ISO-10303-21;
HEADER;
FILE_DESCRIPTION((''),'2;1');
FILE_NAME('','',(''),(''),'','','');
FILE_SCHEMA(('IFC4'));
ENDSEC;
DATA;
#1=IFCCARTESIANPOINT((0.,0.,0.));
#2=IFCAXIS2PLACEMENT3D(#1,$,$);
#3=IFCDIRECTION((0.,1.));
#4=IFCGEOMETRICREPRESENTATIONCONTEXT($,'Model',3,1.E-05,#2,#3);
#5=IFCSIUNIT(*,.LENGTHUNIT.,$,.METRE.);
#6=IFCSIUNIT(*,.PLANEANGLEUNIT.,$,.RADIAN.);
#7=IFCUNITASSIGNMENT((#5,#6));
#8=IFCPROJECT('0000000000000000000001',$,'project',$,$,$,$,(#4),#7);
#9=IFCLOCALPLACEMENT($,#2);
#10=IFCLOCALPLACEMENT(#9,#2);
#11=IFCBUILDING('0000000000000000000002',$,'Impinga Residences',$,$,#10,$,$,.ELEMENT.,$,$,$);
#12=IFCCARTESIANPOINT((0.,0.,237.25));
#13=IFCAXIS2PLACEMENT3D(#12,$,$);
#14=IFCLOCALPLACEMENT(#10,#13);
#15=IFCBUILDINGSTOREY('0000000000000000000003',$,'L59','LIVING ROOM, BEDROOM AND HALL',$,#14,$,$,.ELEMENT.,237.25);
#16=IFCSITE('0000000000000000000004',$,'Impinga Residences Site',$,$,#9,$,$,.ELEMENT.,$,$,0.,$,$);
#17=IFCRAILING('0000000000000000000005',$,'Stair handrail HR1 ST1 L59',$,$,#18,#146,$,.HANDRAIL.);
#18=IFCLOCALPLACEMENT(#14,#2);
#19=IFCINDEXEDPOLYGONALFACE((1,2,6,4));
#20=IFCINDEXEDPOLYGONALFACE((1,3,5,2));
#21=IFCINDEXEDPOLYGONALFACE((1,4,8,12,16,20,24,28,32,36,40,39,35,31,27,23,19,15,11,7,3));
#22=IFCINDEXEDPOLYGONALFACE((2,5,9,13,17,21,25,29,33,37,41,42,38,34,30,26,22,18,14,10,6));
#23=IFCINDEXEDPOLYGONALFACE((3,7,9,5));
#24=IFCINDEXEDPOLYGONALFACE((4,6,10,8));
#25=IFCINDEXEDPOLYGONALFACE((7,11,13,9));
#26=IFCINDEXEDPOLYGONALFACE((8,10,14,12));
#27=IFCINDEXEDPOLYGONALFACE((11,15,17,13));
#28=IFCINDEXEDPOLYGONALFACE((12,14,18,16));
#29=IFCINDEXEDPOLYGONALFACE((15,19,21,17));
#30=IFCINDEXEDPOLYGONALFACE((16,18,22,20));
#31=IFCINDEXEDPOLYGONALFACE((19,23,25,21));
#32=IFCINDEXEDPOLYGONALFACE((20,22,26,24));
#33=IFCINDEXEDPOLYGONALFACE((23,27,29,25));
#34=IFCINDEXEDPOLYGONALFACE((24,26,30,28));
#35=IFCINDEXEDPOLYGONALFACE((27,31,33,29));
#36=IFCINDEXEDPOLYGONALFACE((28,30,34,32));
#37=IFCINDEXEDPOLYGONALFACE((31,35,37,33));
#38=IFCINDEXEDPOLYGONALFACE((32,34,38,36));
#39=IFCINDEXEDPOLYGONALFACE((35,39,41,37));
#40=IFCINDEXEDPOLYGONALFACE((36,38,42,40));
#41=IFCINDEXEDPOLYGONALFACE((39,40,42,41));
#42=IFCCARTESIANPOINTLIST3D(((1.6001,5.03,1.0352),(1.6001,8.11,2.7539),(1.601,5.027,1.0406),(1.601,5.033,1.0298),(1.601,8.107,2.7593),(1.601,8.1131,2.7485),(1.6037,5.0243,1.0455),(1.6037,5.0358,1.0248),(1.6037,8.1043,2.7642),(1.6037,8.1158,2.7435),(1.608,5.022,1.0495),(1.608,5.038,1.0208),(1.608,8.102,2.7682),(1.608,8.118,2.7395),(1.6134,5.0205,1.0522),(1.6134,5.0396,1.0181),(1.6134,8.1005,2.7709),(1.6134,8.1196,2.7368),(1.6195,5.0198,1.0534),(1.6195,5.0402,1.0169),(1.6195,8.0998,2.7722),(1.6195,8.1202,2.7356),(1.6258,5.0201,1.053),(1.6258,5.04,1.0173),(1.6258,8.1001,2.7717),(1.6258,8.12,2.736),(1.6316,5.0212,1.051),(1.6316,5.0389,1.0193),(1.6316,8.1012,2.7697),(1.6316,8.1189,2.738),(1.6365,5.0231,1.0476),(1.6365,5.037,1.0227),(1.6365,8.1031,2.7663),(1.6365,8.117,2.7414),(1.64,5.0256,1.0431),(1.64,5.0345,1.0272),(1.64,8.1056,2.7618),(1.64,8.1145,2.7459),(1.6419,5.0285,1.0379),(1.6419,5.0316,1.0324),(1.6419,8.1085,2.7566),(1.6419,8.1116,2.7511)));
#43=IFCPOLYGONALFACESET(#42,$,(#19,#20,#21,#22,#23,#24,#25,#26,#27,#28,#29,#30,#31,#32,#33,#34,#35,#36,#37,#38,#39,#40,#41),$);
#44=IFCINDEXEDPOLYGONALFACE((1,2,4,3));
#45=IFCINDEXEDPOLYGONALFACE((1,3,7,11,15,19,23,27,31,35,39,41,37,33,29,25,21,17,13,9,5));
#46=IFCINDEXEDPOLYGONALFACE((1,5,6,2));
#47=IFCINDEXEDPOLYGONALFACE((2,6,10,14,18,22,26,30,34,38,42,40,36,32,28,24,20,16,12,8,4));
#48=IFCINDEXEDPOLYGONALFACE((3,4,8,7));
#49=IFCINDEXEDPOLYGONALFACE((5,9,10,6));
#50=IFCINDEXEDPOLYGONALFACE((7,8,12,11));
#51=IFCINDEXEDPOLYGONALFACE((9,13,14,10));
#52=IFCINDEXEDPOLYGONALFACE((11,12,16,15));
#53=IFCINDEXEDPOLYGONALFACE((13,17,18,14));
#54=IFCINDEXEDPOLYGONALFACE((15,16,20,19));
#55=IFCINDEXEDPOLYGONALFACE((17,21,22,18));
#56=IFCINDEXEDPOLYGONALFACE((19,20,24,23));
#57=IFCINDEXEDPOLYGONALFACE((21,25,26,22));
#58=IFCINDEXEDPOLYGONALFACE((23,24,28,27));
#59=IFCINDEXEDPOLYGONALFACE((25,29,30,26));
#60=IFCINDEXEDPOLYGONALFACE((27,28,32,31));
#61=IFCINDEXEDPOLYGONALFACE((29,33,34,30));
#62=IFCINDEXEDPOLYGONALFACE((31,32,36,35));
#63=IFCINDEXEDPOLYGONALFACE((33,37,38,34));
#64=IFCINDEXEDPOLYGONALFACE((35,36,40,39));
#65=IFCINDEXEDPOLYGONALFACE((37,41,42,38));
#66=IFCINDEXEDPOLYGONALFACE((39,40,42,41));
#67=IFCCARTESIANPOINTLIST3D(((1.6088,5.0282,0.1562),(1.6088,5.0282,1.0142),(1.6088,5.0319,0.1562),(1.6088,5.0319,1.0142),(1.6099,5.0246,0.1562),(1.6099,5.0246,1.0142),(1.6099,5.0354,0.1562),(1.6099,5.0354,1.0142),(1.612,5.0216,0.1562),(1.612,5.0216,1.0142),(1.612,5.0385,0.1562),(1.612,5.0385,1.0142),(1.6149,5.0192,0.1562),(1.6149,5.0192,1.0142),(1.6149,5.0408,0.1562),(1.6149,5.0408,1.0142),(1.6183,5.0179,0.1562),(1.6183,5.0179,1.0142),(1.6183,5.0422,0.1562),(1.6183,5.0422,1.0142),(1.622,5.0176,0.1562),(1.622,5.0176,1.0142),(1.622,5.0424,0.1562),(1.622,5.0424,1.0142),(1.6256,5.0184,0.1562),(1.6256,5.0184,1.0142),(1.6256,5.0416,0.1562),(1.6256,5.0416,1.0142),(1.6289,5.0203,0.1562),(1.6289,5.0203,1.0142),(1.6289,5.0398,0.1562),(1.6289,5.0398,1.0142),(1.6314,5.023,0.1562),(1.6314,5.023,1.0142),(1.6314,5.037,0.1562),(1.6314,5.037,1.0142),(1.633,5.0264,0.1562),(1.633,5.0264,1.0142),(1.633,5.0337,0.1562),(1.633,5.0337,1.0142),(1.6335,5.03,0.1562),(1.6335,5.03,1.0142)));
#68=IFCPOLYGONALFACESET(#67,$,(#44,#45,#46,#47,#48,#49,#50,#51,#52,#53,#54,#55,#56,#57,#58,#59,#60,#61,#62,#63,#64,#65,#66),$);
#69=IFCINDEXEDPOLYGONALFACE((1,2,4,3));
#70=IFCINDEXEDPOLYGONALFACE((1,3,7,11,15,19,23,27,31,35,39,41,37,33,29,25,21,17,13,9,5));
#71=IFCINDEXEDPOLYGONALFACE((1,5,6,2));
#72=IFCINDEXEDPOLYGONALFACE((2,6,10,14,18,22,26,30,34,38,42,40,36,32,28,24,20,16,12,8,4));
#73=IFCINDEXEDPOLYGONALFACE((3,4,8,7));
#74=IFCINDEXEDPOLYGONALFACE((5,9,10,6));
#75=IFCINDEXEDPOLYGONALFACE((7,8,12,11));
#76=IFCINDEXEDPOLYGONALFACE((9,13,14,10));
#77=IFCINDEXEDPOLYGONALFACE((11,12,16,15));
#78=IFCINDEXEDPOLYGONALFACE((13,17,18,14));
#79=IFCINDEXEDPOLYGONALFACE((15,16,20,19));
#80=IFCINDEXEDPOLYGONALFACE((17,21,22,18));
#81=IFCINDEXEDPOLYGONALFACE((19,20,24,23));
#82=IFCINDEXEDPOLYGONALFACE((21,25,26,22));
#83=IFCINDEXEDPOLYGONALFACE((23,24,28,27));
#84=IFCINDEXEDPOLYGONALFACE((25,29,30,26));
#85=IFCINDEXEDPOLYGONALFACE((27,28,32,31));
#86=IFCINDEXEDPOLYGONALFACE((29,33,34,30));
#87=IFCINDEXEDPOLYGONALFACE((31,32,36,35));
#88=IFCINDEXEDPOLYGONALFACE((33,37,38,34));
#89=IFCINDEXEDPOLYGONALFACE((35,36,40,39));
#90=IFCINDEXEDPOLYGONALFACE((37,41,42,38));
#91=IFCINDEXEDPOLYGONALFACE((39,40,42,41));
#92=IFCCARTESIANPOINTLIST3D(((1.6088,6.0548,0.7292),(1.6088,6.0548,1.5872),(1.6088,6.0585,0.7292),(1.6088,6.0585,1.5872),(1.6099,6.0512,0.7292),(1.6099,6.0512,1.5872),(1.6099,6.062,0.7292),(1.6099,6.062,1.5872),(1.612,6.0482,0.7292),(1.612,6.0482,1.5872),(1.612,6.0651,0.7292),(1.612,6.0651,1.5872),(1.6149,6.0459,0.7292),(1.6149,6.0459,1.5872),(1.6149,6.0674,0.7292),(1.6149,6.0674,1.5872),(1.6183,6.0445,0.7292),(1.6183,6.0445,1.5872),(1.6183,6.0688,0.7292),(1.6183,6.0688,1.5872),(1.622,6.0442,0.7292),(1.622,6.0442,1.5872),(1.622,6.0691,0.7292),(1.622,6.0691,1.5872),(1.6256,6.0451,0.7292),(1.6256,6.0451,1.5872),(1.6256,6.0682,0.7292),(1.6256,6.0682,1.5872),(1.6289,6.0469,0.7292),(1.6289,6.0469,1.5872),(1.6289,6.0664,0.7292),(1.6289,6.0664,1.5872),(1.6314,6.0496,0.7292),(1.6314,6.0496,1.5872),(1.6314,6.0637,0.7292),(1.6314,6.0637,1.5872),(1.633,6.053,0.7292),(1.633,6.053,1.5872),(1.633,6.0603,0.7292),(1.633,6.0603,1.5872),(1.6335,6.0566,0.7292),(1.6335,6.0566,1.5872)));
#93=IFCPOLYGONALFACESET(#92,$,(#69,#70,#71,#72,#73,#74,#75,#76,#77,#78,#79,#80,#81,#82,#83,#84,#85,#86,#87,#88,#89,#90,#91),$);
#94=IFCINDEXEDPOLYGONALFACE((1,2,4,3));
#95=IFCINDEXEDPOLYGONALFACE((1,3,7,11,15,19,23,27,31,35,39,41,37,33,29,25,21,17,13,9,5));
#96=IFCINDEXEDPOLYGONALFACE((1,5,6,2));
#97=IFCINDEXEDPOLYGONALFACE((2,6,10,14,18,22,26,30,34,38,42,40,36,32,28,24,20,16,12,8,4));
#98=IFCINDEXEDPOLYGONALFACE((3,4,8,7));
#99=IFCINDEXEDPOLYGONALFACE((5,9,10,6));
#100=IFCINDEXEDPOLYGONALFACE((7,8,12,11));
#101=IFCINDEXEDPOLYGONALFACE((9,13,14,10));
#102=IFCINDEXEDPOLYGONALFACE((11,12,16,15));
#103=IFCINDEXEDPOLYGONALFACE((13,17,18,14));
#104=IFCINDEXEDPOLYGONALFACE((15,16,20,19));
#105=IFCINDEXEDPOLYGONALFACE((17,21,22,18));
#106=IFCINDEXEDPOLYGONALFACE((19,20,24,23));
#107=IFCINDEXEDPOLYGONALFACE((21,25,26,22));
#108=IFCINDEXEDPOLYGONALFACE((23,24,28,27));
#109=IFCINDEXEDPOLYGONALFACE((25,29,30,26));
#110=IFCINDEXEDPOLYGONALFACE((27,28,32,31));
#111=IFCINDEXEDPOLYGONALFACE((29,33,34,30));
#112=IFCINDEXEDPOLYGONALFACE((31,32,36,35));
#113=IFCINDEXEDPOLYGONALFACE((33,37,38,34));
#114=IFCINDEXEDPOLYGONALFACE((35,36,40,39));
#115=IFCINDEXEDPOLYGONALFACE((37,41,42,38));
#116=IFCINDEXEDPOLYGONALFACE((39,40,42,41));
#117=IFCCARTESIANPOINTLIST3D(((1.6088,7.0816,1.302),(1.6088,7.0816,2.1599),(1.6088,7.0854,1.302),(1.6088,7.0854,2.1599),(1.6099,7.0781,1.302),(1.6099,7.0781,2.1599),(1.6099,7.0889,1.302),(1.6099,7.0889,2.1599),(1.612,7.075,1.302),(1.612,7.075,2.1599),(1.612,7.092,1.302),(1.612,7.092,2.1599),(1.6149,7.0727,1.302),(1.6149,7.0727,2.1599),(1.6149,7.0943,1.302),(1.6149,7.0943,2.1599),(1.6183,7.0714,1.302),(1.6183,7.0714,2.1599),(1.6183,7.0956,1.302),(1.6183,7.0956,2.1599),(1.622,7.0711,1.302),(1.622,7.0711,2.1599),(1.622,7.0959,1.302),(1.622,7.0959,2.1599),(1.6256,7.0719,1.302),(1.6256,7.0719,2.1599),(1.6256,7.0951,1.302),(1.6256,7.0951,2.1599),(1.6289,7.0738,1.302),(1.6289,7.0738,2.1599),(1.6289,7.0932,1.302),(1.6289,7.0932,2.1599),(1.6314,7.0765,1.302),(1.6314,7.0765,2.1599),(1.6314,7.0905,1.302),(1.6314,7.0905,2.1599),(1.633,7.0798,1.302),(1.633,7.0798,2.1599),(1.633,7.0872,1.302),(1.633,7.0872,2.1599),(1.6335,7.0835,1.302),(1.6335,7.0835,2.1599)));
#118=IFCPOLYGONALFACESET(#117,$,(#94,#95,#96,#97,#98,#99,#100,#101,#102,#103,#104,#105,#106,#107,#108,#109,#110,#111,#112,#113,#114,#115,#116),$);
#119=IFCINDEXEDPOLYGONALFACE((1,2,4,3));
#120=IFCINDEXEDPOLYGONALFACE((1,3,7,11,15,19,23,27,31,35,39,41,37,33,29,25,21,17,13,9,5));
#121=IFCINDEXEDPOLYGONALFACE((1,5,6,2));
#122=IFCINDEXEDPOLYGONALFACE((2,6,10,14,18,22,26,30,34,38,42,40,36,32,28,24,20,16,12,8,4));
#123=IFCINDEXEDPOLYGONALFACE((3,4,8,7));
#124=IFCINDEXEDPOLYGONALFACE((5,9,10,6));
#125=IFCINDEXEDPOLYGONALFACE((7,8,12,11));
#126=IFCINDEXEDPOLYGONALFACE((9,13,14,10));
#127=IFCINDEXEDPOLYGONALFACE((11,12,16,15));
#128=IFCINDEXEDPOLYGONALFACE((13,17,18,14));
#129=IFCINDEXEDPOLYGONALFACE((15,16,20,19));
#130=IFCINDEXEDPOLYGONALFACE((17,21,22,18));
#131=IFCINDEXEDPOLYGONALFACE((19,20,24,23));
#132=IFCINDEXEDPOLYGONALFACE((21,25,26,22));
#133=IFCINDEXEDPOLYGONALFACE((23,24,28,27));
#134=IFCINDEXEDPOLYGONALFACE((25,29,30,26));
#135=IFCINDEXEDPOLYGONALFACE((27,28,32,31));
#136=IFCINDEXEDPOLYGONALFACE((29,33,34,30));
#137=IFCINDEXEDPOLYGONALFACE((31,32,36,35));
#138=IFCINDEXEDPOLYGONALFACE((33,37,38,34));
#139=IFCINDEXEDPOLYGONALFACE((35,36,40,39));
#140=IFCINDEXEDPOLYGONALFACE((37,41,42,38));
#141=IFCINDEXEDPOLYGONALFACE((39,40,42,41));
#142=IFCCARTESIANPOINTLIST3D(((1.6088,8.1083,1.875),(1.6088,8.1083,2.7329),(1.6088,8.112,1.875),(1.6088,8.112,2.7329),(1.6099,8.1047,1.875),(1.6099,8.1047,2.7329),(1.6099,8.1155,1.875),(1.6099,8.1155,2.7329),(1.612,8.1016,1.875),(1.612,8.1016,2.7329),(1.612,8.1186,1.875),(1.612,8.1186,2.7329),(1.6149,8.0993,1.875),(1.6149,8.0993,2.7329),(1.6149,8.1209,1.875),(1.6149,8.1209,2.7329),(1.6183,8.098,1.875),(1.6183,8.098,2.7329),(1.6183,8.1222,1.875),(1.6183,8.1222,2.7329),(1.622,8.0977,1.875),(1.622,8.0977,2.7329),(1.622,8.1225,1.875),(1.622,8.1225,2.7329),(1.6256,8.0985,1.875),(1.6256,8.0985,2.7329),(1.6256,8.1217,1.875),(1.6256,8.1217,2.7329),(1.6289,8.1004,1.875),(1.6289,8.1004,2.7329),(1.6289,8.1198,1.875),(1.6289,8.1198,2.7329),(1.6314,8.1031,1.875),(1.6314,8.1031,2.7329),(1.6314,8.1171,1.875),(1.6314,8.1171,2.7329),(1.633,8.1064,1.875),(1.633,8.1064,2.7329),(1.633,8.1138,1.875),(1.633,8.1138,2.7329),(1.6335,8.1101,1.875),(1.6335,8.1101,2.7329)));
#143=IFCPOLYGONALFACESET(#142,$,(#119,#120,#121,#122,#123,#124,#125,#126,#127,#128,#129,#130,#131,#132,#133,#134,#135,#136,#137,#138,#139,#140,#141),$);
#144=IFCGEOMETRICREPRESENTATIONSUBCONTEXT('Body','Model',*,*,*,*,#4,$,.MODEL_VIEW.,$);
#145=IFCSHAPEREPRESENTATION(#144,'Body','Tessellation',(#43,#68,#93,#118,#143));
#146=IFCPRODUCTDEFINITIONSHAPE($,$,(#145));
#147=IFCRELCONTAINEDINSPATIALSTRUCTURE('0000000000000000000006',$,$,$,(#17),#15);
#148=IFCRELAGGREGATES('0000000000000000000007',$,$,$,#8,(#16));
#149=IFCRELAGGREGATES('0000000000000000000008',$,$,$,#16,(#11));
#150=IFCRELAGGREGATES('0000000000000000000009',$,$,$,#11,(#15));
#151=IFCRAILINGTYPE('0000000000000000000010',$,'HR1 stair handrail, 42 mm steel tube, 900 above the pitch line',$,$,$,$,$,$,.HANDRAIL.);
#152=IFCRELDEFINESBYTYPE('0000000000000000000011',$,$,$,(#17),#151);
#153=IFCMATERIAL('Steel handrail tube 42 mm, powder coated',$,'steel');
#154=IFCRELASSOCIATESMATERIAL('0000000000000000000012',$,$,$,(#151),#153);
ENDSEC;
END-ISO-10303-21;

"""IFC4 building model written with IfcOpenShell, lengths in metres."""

from ifc_helpers import new_model, si_unit, direction, frame, origin, origin_2d, place, context, subcontext, project, spatial, circle, extrude, material, type_object, element, save


model = new_model("IFC4")

# Units and contexts
model_context = context("Model", 3, precision=1e-05, world=origin(), true_north=direction((0.0, 1.0)))
body_context = subcontext(model_context, "Body", "Model", "MODEL_VIEW")
ifc_project = project(units=[si_unit("LENGTHUNIT", "METRE"), si_unit("PLANEANGLEUNIT", "RADIAN")], contexts=[model_context])

# Site, building, storey
site_placement = place(None, origin())
site = spatial("IfcSite", under=ifc_project, at=site_placement, Name="Impinga Residences Site", CompositionType="ELEMENT", RefElevation=0.0)
building_placement = place(site_placement, origin())
building = spatial("IfcBuilding", under=site, at=building_placement, Name="Impinga Residences", CompositionType="ELEMENT")
storey_placement = place(building_placement, frame((0.0, 0.0, 237.25)))
storey = spatial("IfcBuildingStorey", under=building, at=storey_placement, Name="L59", Description="LIVING ROOM, BEDROOM AND HALL", CompositionType="ELEMENT", Elevation=237.25)

# Railing
ifc_material_1 = material(Name="Steel handrail tube 42 mm, powder coated", Category="steel")
railing_type_1 = type_object("IfcRailingType", Name="HR1 stair handrail, 42 mm steel tube, 900 above the pitch line", PredefinedType="HANDRAIL", material=ifc_material_1)
railing_1_placement = place(storey_placement, frame((1.6211, 5.03, 0.1562)))
element("IfcRailing", 1, at=railing_1_placement, inside=storey, type_object=railing_type_1, Name="Stair handrail HR1 ST1 L59", PredefinedType="HANDRAIL", context=body_context, shape_type="SweptSolid", body=[
    extrude(circle(Radius=0.021, at=origin_2d()), frame((0.0, 0.0, 0.8789), z_axis=(0.0, 0.873242, 0.487288), x_axis=(-1.0, 0.0, 0.0)), (0.0, 0.0, 1.0), 3.5271),
    extrude(circle(Radius=0.0125, at=origin_2d()), origin(), (0.0, 0.0, 1.0), 0.8579),
    extrude(circle(Radius=0.0125, at=origin_2d()), frame((0.0, 1.0266, 0.573)), (0.0, 0.0, 1.0), 0.8579),
    extrude(circle(Radius=0.0125, at=origin_2d()), frame((0.0, 2.0535, 1.1458)), (0.0, 0.0, 1.0), 0.8579),
    extrude(circle(Radius=0.0125, at=origin_2d()), frame((0.0, 3.0801, 1.7188)), (0.0, 0.0, 1.0), 0.8579),
])

save(model, "model.ifc")
